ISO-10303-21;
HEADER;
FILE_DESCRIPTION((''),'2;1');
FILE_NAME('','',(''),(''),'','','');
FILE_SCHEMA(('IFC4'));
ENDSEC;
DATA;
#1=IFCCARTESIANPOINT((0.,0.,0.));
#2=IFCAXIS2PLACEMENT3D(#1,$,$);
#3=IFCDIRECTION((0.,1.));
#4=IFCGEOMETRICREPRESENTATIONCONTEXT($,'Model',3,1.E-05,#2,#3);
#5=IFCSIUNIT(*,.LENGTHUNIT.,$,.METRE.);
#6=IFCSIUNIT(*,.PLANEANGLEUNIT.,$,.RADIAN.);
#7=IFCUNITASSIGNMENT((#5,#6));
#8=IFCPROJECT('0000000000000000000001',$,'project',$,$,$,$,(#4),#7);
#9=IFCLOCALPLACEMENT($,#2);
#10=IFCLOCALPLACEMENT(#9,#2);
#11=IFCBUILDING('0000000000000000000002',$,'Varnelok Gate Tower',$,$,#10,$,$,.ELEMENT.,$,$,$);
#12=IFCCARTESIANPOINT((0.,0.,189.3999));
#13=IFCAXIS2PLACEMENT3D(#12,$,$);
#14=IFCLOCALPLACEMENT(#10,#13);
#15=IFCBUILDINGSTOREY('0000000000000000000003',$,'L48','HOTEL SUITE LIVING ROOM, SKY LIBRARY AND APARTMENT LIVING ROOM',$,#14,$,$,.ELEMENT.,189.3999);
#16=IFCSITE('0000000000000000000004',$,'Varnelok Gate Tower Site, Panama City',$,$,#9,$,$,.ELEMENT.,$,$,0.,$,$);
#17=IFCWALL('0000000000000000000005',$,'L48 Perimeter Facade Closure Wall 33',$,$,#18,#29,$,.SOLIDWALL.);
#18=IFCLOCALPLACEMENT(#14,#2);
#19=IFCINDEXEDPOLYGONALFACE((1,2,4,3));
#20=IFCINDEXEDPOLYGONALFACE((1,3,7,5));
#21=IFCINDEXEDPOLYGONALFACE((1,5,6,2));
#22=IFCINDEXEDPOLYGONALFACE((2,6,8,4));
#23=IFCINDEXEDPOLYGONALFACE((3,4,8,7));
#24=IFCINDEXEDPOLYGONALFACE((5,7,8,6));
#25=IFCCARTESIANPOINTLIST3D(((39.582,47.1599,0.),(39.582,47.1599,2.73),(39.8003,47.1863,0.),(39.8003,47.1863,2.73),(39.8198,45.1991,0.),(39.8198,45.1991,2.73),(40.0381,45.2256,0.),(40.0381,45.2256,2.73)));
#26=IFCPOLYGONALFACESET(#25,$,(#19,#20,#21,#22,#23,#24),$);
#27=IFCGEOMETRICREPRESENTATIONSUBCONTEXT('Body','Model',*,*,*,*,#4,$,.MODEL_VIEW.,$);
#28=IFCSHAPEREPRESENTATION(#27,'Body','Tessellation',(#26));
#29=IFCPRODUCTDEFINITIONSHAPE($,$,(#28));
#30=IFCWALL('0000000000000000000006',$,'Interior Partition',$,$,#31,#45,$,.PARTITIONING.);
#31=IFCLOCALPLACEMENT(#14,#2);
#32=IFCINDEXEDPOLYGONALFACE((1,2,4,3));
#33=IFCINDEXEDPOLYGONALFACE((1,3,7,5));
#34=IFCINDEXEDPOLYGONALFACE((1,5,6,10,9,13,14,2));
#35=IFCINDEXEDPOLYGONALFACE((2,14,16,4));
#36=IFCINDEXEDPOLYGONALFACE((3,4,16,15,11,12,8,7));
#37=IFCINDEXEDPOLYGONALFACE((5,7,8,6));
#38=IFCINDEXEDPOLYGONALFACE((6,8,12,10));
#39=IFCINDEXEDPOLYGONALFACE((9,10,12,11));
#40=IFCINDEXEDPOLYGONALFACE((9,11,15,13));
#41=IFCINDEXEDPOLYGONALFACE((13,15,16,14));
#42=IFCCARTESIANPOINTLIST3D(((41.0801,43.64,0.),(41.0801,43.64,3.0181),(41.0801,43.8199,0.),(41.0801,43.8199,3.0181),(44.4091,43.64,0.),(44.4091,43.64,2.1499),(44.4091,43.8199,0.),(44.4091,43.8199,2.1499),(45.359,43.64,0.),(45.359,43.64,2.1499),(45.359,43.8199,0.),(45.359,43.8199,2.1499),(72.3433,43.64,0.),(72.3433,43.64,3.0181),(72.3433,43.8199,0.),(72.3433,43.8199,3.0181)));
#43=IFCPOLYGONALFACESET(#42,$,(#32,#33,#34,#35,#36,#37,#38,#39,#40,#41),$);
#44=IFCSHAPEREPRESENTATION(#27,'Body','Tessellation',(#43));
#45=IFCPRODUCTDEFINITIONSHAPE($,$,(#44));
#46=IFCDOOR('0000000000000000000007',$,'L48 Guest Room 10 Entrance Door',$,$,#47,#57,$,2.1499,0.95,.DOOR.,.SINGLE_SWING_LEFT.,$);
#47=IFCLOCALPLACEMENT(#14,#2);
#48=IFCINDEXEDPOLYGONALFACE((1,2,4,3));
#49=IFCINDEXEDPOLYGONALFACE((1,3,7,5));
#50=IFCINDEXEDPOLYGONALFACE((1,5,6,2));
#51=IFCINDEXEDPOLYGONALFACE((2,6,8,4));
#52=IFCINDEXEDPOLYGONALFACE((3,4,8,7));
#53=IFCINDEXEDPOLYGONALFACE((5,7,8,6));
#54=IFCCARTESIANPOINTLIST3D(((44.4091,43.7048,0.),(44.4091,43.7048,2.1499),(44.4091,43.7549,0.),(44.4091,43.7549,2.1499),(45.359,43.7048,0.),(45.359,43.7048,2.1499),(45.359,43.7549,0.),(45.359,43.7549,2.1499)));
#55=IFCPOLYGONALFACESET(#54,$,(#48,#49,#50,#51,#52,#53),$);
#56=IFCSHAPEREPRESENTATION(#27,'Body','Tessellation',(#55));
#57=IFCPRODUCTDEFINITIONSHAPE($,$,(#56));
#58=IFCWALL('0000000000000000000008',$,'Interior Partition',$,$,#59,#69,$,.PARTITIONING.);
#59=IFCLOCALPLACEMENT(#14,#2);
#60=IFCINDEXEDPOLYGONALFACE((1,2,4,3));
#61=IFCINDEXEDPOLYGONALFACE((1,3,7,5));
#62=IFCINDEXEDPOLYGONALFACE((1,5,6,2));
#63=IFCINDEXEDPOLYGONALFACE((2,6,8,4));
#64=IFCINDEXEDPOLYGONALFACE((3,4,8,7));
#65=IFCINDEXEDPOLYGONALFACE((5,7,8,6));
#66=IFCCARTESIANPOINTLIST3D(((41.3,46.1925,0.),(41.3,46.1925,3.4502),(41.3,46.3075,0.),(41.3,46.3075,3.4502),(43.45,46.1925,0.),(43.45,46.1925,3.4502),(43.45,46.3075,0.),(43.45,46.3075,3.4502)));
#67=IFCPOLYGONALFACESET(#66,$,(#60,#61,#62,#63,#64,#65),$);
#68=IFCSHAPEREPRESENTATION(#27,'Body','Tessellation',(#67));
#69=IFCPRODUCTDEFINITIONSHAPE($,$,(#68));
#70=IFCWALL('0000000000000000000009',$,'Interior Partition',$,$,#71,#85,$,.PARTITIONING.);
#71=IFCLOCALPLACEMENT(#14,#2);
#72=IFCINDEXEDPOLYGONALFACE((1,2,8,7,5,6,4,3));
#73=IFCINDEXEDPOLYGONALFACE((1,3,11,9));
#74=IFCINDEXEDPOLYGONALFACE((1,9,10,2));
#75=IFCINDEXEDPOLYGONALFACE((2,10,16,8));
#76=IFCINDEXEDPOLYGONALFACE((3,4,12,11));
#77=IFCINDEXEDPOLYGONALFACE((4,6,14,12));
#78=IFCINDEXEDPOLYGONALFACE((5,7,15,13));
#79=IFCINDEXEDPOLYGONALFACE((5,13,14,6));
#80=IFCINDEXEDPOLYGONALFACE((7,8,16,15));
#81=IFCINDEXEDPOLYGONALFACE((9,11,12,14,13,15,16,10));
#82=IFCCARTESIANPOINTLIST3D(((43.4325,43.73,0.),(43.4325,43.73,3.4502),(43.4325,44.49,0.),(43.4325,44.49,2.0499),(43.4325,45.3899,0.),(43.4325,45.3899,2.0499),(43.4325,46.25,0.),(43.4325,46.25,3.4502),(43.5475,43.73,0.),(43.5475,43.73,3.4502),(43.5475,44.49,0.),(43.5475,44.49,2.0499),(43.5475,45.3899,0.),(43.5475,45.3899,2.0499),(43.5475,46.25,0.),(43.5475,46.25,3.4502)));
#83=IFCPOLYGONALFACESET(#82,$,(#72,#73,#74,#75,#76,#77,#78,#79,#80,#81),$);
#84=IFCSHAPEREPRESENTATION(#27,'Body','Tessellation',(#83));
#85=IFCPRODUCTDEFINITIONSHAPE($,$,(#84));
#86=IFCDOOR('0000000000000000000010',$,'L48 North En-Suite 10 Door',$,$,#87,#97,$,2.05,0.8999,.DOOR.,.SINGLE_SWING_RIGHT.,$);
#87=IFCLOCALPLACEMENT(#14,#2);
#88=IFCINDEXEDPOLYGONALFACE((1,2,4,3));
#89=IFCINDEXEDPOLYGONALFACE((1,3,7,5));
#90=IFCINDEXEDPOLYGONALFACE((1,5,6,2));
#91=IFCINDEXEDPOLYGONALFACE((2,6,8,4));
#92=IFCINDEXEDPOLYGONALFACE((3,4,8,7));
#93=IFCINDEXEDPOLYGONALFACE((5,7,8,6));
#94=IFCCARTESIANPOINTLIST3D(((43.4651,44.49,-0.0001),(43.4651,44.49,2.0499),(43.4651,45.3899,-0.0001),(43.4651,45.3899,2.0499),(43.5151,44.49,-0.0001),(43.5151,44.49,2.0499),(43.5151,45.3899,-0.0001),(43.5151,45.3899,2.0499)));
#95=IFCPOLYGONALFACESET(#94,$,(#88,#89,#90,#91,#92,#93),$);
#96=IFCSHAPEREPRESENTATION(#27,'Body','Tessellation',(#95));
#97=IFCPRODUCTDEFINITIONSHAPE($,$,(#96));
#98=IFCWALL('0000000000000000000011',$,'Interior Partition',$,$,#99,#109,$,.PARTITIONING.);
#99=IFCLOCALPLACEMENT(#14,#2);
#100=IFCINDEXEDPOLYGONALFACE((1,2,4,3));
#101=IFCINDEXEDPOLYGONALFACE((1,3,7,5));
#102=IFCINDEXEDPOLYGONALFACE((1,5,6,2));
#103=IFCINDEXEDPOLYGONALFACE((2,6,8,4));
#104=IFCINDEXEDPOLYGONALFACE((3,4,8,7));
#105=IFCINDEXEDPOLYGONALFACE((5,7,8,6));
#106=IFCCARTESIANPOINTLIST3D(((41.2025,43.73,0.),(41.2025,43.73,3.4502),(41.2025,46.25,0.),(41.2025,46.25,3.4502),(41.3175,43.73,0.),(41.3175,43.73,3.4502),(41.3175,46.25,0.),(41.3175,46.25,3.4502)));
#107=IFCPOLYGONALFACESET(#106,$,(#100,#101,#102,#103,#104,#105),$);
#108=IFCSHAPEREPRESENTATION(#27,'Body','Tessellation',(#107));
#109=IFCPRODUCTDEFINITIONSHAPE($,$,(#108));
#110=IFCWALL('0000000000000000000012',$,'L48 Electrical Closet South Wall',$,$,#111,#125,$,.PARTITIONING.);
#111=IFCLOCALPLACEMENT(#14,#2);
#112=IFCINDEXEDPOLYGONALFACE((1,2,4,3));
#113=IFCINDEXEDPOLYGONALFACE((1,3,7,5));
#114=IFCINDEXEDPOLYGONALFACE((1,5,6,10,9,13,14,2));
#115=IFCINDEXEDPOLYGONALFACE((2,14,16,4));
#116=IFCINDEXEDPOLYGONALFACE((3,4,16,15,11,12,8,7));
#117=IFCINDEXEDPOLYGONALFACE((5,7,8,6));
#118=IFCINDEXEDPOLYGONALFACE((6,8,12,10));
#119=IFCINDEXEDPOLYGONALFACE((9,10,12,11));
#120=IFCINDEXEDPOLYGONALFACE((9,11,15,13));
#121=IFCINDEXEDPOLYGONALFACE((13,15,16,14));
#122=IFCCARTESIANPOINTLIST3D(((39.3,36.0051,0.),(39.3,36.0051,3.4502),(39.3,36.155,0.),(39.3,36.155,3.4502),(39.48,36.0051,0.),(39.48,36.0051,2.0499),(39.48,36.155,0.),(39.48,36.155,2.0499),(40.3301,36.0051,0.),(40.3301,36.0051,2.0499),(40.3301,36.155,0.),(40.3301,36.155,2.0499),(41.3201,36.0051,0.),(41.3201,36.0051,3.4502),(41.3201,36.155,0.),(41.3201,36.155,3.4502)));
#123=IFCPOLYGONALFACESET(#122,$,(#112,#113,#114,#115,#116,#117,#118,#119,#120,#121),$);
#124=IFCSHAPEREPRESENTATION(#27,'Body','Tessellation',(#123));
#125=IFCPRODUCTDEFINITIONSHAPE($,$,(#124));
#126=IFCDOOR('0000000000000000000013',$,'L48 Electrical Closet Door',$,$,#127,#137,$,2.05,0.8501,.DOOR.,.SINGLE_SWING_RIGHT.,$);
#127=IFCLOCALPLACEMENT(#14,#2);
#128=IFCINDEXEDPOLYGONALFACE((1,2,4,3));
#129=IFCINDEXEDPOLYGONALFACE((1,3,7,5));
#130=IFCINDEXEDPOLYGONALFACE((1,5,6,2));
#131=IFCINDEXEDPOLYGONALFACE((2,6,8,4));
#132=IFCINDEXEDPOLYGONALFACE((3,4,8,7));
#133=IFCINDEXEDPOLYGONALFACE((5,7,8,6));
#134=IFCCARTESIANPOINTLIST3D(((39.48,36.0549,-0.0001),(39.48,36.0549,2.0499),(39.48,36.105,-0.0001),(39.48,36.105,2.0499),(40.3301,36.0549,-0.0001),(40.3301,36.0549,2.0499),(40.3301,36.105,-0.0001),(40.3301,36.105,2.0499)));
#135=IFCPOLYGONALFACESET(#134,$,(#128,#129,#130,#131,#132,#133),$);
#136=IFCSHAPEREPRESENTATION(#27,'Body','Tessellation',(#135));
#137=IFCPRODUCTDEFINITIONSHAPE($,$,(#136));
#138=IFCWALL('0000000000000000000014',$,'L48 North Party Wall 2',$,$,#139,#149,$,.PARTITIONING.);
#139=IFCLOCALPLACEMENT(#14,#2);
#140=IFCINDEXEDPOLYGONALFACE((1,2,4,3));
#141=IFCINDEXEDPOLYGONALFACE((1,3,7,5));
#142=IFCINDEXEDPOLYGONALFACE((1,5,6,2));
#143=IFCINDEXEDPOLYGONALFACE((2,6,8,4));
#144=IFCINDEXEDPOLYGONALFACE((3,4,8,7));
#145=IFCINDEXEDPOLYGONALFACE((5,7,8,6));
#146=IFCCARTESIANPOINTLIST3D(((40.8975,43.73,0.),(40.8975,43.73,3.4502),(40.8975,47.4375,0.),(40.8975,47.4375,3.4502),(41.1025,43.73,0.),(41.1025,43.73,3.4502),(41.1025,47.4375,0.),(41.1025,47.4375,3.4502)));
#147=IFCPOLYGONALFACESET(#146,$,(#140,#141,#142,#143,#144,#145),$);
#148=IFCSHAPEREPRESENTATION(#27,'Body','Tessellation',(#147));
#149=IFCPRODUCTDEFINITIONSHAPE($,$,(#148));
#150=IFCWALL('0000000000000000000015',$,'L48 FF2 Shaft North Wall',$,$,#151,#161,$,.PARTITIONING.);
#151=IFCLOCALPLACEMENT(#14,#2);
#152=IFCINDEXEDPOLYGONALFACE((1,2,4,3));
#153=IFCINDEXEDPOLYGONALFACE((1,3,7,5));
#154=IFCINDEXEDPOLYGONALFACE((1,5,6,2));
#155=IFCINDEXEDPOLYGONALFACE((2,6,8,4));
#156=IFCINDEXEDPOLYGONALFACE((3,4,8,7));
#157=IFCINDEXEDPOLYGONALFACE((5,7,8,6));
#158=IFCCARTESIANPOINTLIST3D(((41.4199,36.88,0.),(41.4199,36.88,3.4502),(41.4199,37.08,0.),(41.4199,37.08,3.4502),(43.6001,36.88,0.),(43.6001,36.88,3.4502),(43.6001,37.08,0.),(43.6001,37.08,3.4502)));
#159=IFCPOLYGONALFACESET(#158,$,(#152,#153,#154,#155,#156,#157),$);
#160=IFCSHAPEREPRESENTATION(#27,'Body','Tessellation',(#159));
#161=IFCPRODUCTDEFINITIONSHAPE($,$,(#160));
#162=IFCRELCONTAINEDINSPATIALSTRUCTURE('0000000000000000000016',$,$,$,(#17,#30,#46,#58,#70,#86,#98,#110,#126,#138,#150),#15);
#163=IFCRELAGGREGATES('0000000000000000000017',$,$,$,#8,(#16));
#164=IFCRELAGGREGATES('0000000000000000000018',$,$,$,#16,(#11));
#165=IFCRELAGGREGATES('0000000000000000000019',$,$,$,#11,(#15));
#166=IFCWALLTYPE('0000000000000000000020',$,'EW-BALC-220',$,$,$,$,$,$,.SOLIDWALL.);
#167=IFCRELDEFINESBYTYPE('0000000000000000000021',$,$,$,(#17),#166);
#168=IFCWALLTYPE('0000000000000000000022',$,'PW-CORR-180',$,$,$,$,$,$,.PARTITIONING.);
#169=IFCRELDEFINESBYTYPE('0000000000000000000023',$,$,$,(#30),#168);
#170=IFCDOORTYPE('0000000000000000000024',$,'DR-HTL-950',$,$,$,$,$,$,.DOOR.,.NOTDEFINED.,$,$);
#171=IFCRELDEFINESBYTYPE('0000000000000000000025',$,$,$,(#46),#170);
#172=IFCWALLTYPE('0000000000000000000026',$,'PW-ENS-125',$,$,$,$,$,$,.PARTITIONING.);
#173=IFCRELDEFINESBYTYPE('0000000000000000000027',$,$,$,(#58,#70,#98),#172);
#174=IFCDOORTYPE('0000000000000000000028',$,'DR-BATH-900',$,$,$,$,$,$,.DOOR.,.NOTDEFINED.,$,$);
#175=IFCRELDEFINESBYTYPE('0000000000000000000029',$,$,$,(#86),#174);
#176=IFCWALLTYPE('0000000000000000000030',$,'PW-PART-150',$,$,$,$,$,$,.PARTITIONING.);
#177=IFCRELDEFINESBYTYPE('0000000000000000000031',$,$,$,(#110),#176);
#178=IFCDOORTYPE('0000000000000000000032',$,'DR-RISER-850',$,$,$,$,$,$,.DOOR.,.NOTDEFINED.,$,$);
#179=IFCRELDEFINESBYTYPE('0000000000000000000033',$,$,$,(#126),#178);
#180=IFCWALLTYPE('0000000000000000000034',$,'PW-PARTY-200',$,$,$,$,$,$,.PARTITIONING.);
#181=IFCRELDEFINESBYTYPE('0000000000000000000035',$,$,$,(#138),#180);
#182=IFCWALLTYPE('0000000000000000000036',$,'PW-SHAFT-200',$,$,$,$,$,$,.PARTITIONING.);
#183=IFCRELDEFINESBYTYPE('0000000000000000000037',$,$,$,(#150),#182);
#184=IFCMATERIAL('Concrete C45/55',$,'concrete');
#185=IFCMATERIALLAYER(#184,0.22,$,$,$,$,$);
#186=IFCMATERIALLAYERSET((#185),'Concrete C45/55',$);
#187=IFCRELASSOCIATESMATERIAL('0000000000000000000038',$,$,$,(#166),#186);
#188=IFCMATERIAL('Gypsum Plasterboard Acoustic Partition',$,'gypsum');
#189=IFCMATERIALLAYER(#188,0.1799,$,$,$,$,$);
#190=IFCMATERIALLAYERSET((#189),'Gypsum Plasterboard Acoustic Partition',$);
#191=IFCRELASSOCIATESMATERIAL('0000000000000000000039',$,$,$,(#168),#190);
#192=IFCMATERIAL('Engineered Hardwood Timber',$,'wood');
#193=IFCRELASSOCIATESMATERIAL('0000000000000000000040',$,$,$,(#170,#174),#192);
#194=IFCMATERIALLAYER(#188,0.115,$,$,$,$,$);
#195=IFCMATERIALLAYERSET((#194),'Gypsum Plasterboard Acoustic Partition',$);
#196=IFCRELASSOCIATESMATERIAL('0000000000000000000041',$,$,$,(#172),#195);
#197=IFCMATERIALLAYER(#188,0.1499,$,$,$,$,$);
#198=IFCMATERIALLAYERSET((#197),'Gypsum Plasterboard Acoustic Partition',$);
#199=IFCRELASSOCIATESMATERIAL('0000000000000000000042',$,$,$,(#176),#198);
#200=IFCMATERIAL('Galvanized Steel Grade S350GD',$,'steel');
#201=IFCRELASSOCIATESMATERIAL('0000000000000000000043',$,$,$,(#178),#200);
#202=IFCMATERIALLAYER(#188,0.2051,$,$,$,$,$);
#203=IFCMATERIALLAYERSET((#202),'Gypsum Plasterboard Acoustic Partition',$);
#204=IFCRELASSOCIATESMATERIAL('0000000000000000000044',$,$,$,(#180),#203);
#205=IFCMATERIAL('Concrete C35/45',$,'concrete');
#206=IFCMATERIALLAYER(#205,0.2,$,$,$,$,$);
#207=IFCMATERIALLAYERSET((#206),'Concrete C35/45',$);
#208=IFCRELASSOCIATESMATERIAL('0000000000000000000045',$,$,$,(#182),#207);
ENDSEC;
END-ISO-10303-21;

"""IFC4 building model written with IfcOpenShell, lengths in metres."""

from ifc_helpers import new_model, si_unit, direction, frame, frame_2d, origin, place, context, subcontext, project, spatial, rectangle, extrude, material, layer, layer_set, type_object, element, fill, save


model = new_model("IFC4")

# Units and contexts
model_context = context("Model", 3, precision=1e-05, world=origin(), true_north=direction((0.0, 1.0)))
body_context = subcontext(model_context, "Body", "Model", "MODEL_VIEW")
ifc_project = project(units=[si_unit("LENGTHUNIT", "METRE"), si_unit("PLANEANGLEUNIT", "RADIAN")], contexts=[model_context])

# Site, building, storey
site_placement = place(None, origin())
site = spatial("IfcSite", under=ifc_project, at=site_placement, Name="Varnelok Gate Tower Site, Panama City", CompositionType="ELEMENT", RefElevation=0.0)
building_placement = place(site_placement, origin())
building = spatial("IfcBuilding", under=site, at=building_placement, Name="Varnelok Gate Tower", CompositionType="ELEMENT")
storey_placement = place(building_placement, frame((0.0, 0.0, 189.3999)))
storey = spatial("IfcBuildingStorey", under=building, at=storey_placement, Name="L48", Description="HOTEL SUITE LIVING ROOM, SKY LIBRARY AND APARTMENT LIVING ROOM", CompositionType="ELEMENT", Elevation=189.3999)

# Shared definitions
ifc_material_1 = material(Name="Concrete C45/55", Category="concrete")
ifc_layer_1 = layer(ifc_material_1, 0.22)
ifc_layer_set_1 = layer_set([ifc_layer_1], Name="Concrete C45/55")
wall_type_1 = type_object("IfcWallType", Name="EW-BALC-220", PredefinedType="SOLIDWALL", material=ifc_layer_set_1)

# Wall
wall_1_placement = place(storey_placement, frame((39.6912, 47.1731, 0.0), z_axis=(0.0, 0.0, 1.0), x_axis=(0.120398, -0.992726, 0.0)))
element("IfcWall", 1, at=wall_1_placement, inside=storey, type_object=wall_type_1, Name="L48 Perimeter Facade Closure Wall 33", PredefinedType="SOLIDWALL", context=body_context, shape_type="SweptSolid", body=[
    extrude(rectangle(XDim=1.9751, YDim=0.22, at=frame_2d((0.9875, 0.0))), origin(), (0.0, 0.0, 1.0), 2.73),
])

# Wall, opening, door
ifc_material_2 = material(Name="Gypsum Plasterboard Acoustic Partition", Category="gypsum")
ifc_layer_2 = layer(ifc_material_2, 0.1799)
ifc_layer_set_2 = layer_set([ifc_layer_2], Name="Gypsum Plasterboard Acoustic Partition")
wall_type_2 = type_object("IfcWallType", Name="PW-CORR-180", PredefinedType="PARTITIONING", material=ifc_layer_set_2)
wall_2_placement = place(storey_placement, frame((41.0801, 43.73, 0.0), z_axis=(0.0, 0.0, 1.0), x_axis=(1.0, 0.0, 0.0)))
wall_2 = element("IfcWall", 2, at=wall_2_placement, inside=storey, type_object=wall_type_2, Name="Interior Partition", PredefinedType="PARTITIONING", context=body_context, shape_type="SweptSolid", body=[
    extrude(rectangle(XDim=31.2632, YDim=0.1799, at=frame_2d((15.6316, 0.0))), origin(), (0.0, 0.0, 1.0), 3.0181),
])
opening_1_placement = place(wall_2_placement, frame((3.3289, 0.0, 0.0)))
opening_1 = element("IfcOpeningElement", 3, at=opening_1_placement, cuts=wall_2, PredefinedType="OPENING", context=body_context, shape_type="SweptSolid", body=[
    extrude(rectangle(XDim=0.95, YDim=2.1499, at=frame_2d((0.4751, 1.075))), frame((0.0, 0.0999, 0.0), z_axis=(0.0, -1.0, 0.0), x_axis=(1.0, 0.0, 0.0)), (0.0, 0.0, 1.0), 0.2),
])
ifc_material_3 = material(Name="Engineered Hardwood Timber", Category="wood")
door_type_1 = type_object("IfcDoorType", Name="DR-HTL-950", OperationType="NOTDEFINED", PredefinedType="DOOR", material=ifc_material_3)
door_1_placement = place(opening_1_placement, origin())
door_1 = element("IfcDoor", 4, at=door_1_placement, inside=storey, type_object=door_type_1, Name="L48 Guest Room 10 Entrance Door", OperationType="SINGLE_SWING_LEFT", OverallHeight=2.1499, OverallWidth=0.95, PredefinedType="DOOR", context=body_context, shape_type="SweptSolid", body=[
    extrude(rectangle(XDim=0.95, YDim=2.1499, at=frame_2d((0.4751, 1.075))), frame((0.0, 0.0249, 0.0), z_axis=(0.0, -1.0, 0.0), x_axis=(1.0, 0.0, 0.0)), (0.0, 0.0, 1.0), 0.05),
])
fill(opening_1, door_1)

# Wall
ifc_layer_3 = layer(ifc_material_2, 0.115)
ifc_layer_set_3 = layer_set([ifc_layer_3], Name="Gypsum Plasterboard Acoustic Partition")
wall_type_3 = type_object("IfcWallType", Name="PW-ENS-125", PredefinedType="PARTITIONING", material=ifc_layer_set_3)
wall_3_placement = place(storey_placement, frame((41.3, 46.25, 0.0), z_axis=(0.0, 0.0, 1.0), x_axis=(1.0, 0.0, 0.0)))
element("IfcWall", 5, at=wall_3_placement, inside=storey, type_object=wall_type_3, Name="Interior Partition", PredefinedType="PARTITIONING", context=body_context, shape_type="SweptSolid", body=[
    extrude(rectangle(XDim=2.1499, YDim=0.115, at=frame_2d((1.075, 0.0))), origin(), (0.0, 0.0, 1.0), 3.4502),
])

# Wall, opening, door
wall_4_placement = place(storey_placement, frame((43.49, 43.73, 0.0), z_axis=(0.0, 0.0, 1.0), x_axis=(0.0, 1.0, 0.0)))
wall_4 = element("IfcWall", 6, at=wall_4_placement, inside=storey, type_object=wall_type_3, Name="Interior Partition", PredefinedType="PARTITIONING", context=body_context, shape_type="SweptSolid", body=[
    extrude(rectangle(XDim=2.52, YDim=0.115, at=frame_2d((1.26, 0.0))), origin(), (0.0, 0.0, 1.0), 3.4502),
])
opening_2_placement = place(wall_4_placement, frame((0.76, 0.0, 0.0)))
opening_2 = element("IfcOpeningElement", 7, at=opening_2_placement, cuts=wall_4, PredefinedType="OPENING", context=body_context, shape_type="SweptSolid", body=[
    extrude(rectangle(XDim=0.8999, YDim=2.05, at=frame_2d((0.45, 1.0249))), frame((0.0, 0.0674, 0.0), z_axis=(0.0, -1.0, 0.0), x_axis=(1.0, 0.0, 0.0)), (0.0, 0.0, 1.0), 0.135),
])
door_type_2 = type_object("IfcDoorType", Name="DR-BATH-900", OperationType="NOTDEFINED", PredefinedType="DOOR", material=ifc_material_3)
door_2_placement = place(opening_2_placement, origin())
door_2 = element("IfcDoor", 8, at=door_2_placement, inside=storey, type_object=door_type_2, Name="L48 North En-Suite 10 Door", OperationType="SINGLE_SWING_RIGHT", OverallHeight=2.05, OverallWidth=0.8999, PredefinedType="DOOR", context=body_context, shape_type="SweptSolid", body=[
    extrude(rectangle(XDim=0.8999, YDim=2.05, at=frame_2d((0.45, 1.0249))), frame((0.0, 0.0249, 0.0), z_axis=(0.0, -1.0, 0.0), x_axis=(1.0, 0.0, 0.0)), (0.0, 0.0, 1.0), 0.05),
])
fill(opening_2, door_2)

# Wall
wall_5_placement = place(storey_placement, frame((41.26, 43.73, 0.0), z_axis=(0.0, 0.0, 1.0), x_axis=(0.0, 1.0, 0.0)))
element("IfcWall", 9, at=wall_5_placement, inside=storey, type_object=wall_type_3, Name="Interior Partition", PredefinedType="PARTITIONING", context=body_context, shape_type="SweptSolid", body=[
    extrude(rectangle(XDim=2.52, YDim=0.115, at=frame_2d((1.26, 0.0))), origin(), (0.0, 0.0, 1.0), 3.4502),
])

# Wall, opening, door
ifc_layer_4 = layer(ifc_material_2, 0.1499)
ifc_layer_set_4 = layer_set([ifc_layer_4], Name="Gypsum Plasterboard Acoustic Partition")
wall_type_4 = type_object("IfcWallType", Name="PW-PART-150", PredefinedType="PARTITIONING", material=ifc_layer_set_4)
wall_6_placement = place(storey_placement, frame((39.3, 36.0801, 0.0), z_axis=(0.0, 0.0, 1.0), x_axis=(1.0, 0.0, 0.0)))
wall_6 = element("IfcWall", 10, at=wall_6_placement, inside=storey, type_object=wall_type_4, Name="L48 Electrical Closet South Wall", PredefinedType="PARTITIONING", context=body_context, shape_type="SweptSolid", body=[
    extrude(rectangle(XDim=2.02, YDim=0.1499, at=frame_2d((1.01, 0.0))), origin(), (0.0, 0.0, 1.0), 3.4502),
])
opening_3_placement = place(wall_6_placement, frame((0.1799, 0.0, 0.0)))
opening_3 = element("IfcOpeningElement", 11, at=opening_3_placement, cuts=wall_6, PredefinedType="OPENING", context=body_context, shape_type="SweptSolid", body=[
    extrude(rectangle(XDim=0.8501, YDim=2.05, at=frame_2d((0.425, 1.0249))), frame((0.0, 0.085, 0.0), z_axis=(0.0, -1.0, 0.0), x_axis=(1.0, 0.0, 0.0)), (0.0, 0.0, 1.0), 0.1699),
])
ifc_material_4 = material(Name="Galvanized Steel Grade S350GD", Category="steel")
door_type_3 = type_object("IfcDoorType", Name="DR-RISER-850", OperationType="NOTDEFINED", PredefinedType="DOOR", material=ifc_material_4)
door_3_placement = place(opening_3_placement, origin())
door_3 = element("IfcDoor", 12, at=door_3_placement, inside=storey, type_object=door_type_3, Name="L48 Electrical Closet Door", OperationType="SINGLE_SWING_RIGHT", OverallHeight=2.05, OverallWidth=0.8501, PredefinedType="DOOR", context=body_context, shape_type="SweptSolid", body=[
    extrude(rectangle(XDim=0.8501, YDim=2.05, at=frame_2d((0.425, 1.0249))), frame((0.0, 0.0249, 0.0), z_axis=(0.0, -1.0, 0.0), x_axis=(1.0, 0.0, 0.0)), (0.0, 0.0, 1.0), 0.05),
])
fill(opening_3, door_3)

# Walls
ifc_layer_5 = layer(ifc_material_2, 0.2051)
ifc_layer_set_5 = layer_set([ifc_layer_5], Name="Gypsum Plasterboard Acoustic Partition")
wall_type_5 = type_object("IfcWallType", Name="PW-PARTY-200", PredefinedType="PARTITIONING", material=ifc_layer_set_5)
wall_7_placement = place(storey_placement, frame((41.0, 43.73, 0.0), z_axis=(0.0, 0.0, 1.0), x_axis=(0.0, 1.0, 0.0)))
element("IfcWall", 13, at=wall_7_placement, inside=storey, type_object=wall_type_5, Name="L48 North Party Wall 2", PredefinedType="PARTITIONING", context=body_context, shape_type="SweptSolid", body=[
    extrude(rectangle(XDim=3.7075, YDim=0.2051, at=frame_2d((1.8538, 0.0))), origin(), (0.0, 0.0, 1.0), 3.4502),
])
ifc_material_5 = material(Name="Concrete C35/45", Category="concrete")
ifc_layer_6 = layer(ifc_material_5, 0.2)
ifc_layer_set_6 = layer_set([ifc_layer_6], Name="Concrete C35/45")
wall_type_6 = type_object("IfcWallType", Name="PW-SHAFT-200", PredefinedType="PARTITIONING", material=ifc_layer_set_6)
wall_8_placement = place(storey_placement, frame((41.4199, 36.98, 0.0), z_axis=(0.0, 0.0, 1.0), x_axis=(1.0, 0.0, 0.0)))
element("IfcWall", 14, at=wall_8_placement, inside=storey, type_object=wall_type_6, Name="L48 FF2 Shaft North Wall", PredefinedType="PARTITIONING", context=body_context, shape_type="SweptSolid", body=[
    extrude(rectangle(XDim=2.1802, YDim=0.2, at=frame_2d((1.0901, 0.0))), origin(), (0.0, 0.0, 1.0), 3.4502),
])

save(model, "model.ifc")
